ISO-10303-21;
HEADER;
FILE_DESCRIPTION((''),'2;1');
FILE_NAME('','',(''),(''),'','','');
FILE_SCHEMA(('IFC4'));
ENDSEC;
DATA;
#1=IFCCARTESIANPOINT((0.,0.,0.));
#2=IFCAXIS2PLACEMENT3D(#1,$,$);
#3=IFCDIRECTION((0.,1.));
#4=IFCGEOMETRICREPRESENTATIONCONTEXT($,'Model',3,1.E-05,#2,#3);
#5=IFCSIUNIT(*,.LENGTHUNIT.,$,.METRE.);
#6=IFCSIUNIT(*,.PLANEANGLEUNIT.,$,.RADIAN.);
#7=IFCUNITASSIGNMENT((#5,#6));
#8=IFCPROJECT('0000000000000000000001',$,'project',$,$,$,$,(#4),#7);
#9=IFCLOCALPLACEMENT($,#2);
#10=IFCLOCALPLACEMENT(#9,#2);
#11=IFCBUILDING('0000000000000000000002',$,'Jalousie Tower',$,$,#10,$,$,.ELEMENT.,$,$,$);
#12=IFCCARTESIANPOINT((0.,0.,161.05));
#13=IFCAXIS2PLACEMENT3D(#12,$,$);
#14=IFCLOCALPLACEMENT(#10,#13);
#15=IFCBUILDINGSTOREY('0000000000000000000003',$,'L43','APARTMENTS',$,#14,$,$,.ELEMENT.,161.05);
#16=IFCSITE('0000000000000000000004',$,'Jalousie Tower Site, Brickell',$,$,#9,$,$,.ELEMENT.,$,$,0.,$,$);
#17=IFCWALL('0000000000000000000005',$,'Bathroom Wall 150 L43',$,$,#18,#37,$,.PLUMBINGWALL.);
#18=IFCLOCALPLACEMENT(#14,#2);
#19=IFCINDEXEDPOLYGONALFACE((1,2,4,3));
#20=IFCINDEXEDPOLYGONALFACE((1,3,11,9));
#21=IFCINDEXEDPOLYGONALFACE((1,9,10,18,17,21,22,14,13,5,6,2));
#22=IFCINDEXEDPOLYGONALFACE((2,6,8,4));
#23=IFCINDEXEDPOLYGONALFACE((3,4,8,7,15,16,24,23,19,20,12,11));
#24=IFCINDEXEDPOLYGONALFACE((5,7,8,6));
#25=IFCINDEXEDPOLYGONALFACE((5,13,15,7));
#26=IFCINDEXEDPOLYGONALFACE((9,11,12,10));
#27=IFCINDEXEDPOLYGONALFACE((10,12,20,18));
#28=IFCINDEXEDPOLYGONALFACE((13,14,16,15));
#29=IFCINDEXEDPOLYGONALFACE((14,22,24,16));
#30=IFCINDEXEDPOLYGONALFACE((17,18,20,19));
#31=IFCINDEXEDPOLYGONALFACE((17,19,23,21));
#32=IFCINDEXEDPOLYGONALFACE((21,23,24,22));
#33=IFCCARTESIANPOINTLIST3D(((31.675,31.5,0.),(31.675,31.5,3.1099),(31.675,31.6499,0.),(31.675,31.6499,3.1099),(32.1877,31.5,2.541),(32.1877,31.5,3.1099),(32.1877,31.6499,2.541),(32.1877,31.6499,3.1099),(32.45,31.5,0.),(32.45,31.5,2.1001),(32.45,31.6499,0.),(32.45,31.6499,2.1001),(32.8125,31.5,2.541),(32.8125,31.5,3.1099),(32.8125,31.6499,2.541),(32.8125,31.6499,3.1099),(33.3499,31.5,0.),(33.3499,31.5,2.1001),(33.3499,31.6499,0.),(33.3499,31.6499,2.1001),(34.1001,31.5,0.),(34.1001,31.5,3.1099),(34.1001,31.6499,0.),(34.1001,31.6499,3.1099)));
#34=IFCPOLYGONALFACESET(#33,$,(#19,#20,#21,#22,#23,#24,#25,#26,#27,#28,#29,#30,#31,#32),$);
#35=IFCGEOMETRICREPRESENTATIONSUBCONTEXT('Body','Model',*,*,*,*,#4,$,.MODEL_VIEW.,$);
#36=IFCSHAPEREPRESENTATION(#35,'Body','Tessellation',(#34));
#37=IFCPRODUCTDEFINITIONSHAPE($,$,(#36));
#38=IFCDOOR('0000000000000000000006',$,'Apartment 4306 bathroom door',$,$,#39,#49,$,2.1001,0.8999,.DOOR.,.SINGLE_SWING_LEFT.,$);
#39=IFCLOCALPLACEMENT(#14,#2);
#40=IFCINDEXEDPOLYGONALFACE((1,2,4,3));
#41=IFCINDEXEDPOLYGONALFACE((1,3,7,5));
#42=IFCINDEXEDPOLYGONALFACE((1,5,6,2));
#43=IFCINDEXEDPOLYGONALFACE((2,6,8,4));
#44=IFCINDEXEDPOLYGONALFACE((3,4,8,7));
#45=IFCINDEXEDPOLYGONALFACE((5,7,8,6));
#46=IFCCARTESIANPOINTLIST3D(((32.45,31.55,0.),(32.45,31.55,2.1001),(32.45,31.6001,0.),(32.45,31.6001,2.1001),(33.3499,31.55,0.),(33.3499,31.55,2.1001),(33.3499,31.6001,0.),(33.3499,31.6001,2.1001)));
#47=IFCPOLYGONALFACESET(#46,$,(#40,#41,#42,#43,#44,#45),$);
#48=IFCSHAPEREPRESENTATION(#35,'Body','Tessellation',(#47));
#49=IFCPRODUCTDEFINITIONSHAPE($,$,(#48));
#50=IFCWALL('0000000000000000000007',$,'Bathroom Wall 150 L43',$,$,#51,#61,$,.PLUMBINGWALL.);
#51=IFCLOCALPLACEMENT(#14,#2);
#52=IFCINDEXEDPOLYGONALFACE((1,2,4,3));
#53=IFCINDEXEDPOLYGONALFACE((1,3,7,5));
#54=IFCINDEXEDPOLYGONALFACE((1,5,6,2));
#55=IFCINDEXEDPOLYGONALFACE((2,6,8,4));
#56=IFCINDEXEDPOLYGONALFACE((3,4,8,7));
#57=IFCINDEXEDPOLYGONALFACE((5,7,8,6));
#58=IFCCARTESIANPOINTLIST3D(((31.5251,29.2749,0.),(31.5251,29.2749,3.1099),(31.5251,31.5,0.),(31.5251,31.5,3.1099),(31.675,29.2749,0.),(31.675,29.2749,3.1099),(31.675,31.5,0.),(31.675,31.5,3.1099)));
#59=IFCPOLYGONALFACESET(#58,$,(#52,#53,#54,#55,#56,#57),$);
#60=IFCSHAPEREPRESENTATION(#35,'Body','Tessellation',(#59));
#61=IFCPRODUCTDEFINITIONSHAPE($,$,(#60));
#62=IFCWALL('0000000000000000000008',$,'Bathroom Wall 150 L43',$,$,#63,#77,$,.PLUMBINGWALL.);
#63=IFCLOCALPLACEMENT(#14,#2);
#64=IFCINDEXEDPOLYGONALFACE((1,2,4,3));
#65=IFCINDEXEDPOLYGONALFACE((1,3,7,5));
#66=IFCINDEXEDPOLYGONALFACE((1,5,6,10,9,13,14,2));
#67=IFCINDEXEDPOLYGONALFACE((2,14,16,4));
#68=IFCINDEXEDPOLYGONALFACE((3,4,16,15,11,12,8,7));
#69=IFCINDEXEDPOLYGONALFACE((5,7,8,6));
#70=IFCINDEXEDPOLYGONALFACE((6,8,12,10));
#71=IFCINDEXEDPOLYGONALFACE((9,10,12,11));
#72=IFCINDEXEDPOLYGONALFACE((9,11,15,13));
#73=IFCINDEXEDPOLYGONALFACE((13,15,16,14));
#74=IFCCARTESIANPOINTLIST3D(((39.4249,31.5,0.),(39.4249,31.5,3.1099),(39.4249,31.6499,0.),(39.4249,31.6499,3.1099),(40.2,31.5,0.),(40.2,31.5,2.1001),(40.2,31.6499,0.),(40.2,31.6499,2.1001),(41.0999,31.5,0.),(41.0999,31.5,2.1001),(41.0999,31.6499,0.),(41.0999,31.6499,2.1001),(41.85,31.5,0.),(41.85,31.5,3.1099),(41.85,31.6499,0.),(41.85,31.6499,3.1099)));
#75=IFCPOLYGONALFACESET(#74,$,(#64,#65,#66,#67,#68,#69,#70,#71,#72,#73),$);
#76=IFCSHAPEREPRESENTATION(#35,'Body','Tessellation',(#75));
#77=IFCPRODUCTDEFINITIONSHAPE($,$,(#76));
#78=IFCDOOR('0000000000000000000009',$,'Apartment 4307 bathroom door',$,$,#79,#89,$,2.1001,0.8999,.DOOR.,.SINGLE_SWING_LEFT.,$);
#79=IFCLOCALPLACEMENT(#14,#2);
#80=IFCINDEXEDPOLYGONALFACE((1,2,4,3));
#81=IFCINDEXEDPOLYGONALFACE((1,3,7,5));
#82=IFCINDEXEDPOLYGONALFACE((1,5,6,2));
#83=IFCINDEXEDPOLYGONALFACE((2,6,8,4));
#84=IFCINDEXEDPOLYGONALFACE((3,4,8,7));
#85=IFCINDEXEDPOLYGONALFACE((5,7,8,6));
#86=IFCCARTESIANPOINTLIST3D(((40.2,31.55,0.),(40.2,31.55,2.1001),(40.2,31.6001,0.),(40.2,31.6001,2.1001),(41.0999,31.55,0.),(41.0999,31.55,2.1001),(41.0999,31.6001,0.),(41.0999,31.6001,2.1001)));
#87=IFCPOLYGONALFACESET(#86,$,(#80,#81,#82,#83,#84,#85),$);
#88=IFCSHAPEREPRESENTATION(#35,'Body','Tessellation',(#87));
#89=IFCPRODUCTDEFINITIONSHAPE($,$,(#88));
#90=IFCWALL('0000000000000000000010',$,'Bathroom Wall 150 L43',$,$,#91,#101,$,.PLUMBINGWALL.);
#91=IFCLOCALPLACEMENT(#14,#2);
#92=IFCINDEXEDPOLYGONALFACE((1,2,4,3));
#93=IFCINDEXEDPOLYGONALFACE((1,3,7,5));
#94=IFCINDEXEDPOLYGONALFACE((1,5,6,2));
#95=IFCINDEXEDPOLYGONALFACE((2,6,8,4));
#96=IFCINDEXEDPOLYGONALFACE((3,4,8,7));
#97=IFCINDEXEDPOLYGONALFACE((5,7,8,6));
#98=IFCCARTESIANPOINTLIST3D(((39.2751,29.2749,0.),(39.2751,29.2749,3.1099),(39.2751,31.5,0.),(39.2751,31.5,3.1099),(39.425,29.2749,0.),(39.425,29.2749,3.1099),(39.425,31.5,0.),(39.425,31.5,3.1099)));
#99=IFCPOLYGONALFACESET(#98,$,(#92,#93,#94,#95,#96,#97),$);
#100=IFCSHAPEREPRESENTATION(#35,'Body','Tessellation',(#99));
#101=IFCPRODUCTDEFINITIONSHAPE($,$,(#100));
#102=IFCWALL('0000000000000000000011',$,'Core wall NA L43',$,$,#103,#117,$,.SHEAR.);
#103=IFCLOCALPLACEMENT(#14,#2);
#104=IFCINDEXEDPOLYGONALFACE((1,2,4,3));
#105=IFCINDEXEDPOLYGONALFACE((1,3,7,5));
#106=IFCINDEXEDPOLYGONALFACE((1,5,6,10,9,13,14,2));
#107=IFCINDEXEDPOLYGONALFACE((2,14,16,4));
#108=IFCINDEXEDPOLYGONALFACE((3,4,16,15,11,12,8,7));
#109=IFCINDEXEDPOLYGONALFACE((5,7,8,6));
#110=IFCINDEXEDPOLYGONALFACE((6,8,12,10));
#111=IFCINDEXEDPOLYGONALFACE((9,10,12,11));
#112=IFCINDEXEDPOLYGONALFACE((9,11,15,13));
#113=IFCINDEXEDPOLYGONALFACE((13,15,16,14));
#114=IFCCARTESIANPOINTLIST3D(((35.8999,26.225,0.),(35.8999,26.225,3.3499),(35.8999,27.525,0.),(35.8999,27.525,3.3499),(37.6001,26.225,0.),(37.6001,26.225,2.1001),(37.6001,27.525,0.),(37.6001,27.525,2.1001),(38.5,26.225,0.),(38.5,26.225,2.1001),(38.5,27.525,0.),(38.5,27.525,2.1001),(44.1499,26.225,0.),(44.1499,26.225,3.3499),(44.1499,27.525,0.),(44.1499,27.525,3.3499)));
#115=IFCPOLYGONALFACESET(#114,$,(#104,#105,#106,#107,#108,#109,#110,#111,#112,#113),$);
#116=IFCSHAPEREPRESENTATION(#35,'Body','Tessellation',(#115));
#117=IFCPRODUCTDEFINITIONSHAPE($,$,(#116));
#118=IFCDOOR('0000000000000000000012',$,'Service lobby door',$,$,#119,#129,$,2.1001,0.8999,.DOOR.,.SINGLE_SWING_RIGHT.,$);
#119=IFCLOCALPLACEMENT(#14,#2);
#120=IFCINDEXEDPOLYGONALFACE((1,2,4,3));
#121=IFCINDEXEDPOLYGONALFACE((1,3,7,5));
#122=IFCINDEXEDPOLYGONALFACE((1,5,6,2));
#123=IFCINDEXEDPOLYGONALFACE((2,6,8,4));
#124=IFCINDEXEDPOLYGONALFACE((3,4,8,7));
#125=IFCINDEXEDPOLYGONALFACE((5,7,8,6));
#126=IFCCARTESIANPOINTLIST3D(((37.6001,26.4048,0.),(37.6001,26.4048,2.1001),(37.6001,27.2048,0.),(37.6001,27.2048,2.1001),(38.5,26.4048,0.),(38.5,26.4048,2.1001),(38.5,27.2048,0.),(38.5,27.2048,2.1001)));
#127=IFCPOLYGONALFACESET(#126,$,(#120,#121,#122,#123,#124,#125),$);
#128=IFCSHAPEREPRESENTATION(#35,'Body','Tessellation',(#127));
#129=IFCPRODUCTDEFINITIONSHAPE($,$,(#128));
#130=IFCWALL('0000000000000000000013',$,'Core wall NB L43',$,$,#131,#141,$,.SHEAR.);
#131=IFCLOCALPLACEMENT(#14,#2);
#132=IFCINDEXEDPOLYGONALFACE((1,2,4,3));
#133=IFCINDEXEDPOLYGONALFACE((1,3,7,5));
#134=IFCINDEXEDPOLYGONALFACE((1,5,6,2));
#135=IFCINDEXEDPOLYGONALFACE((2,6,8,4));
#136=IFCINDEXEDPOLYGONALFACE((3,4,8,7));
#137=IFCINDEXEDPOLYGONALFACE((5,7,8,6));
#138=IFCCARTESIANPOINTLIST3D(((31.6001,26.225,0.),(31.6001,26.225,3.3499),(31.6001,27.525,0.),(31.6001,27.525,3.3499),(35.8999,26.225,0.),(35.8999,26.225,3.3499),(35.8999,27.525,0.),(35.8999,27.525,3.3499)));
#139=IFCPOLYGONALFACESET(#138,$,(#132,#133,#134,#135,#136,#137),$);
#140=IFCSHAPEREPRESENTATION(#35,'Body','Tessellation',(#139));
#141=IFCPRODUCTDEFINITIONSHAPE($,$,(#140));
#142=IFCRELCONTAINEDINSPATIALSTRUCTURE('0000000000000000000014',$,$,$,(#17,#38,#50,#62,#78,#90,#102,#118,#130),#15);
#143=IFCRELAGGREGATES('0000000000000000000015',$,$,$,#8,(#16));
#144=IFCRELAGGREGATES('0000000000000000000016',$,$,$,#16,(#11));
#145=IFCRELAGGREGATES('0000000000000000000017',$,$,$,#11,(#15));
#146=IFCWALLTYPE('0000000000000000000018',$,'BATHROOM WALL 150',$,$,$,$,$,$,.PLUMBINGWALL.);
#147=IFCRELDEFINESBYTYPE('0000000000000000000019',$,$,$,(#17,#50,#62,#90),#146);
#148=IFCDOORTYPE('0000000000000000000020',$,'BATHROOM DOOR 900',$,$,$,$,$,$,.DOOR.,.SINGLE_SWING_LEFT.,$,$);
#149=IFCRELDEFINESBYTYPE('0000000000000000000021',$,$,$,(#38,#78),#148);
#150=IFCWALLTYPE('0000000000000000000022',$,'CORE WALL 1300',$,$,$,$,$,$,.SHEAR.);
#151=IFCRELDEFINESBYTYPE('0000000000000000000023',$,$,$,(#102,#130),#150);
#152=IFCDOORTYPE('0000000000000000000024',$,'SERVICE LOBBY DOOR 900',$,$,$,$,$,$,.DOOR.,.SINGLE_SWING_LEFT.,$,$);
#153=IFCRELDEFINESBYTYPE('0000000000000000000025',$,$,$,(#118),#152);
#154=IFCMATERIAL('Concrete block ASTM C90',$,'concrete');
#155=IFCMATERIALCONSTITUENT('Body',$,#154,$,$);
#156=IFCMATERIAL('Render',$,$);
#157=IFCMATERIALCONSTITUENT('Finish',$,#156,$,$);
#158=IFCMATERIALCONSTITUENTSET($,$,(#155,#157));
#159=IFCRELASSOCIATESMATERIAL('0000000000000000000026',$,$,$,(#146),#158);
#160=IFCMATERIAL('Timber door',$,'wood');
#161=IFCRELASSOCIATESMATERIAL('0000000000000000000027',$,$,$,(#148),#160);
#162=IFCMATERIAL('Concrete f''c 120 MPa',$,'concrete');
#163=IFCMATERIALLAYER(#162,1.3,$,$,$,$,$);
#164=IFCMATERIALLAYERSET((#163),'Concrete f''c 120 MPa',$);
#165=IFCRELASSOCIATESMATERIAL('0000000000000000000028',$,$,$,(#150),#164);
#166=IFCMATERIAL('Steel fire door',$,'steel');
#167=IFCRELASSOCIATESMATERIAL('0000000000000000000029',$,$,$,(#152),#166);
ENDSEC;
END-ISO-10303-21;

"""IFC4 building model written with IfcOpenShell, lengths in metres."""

from ifc_helpers import new_model, si_unit, direction, frame, frame_2d, origin, place, context, subcontext, project, spatial, polyline, rectangle, outline, extrude, material, layer, layer_set, constituent, constituent_set, type_object, element, fill, save


model = new_model("IFC4")

# Units and contexts
model_context = context("Model", 3, precision=1e-05, world=origin(), true_north=direction((0.0, 1.0)))
body_context = subcontext(model_context, "Body", "Model", "MODEL_VIEW")
ifc_project = project(units=[si_unit("LENGTHUNIT", "METRE"), si_unit("PLANEANGLEUNIT", "RADIAN")], contexts=[model_context])

# Site, building, storey
site_placement = place(None, origin())
site = spatial("IfcSite", under=ifc_project, at=site_placement, Name="Jalousie Tower Site, Brickell", CompositionType="ELEMENT", RefElevation=0.0)
building_placement = place(site_placement, origin())
building = spatial("IfcBuilding", under=site, at=building_placement, Name="Jalousie Tower", CompositionType="ELEMENT")
storey_placement = place(building_placement, frame((0.0, 0.0, 161.05)))
storey = spatial("IfcBuildingStorey", under=building, at=storey_placement, Name="L43", Description="APARTMENTS", CompositionType="ELEMENT", Elevation=161.05)

# Wall, opening, door
ifc_material_1 = material(Name="Concrete block ASTM C90", Category="concrete")
ifc_constituent_1 = constituent(ifc_material_1, Name="Body")
ifc_material_2 = material(Name="Render")
ifc_constituent_2 = constituent(ifc_material_2, Name="Finish")
ifc_constituent_set_1 = constituent_set(constituents=[ifc_constituent_1, ifc_constituent_2])
wall_type_1 = type_object("IfcWallType", Name="BATHROOM WALL 150", PredefinedType="PLUMBINGWALL", material=ifc_constituent_set_1)
wall_1_placement = place(storey_placement, frame((31.675, 31.575, 0.0), z_axis=(0.0, 0.0, 1.0), x_axis=(1.0, 0.0, 0.0)))
wall_1 = element("IfcWall", 1, at=wall_1_placement, inside=storey, type_object=wall_type_1, Name="Bathroom Wall 150 L43", PredefinedType="PLUMBINGWALL", context=body_context, shape_type="SweptSolid", body=[
    extrude(outline(polyline([(0.0, 0.0), (2.425, 0.0), (2.425, 3.1099), (1.1375, 3.1099), (1.1375, 2.541), (0.5127, 2.541), (0.5127, 3.1099), (0.0, 3.1099), (0.0, 0.0)])), frame((0.0, 0.075, 0.0), z_axis=(0.0, -1.0, 0.0), x_axis=(1.0, 0.0, 0.0)), (0.0, 0.0, 1.0), 0.1499),
])
opening_1_placement = place(wall_1_placement, frame((0.7749, 0.0, 0.0)))
opening_1 = element("IfcOpeningElement", 2, at=opening_1_placement, cuts=wall_1, PredefinedType="OPENING", context=body_context, shape_type="SweptSolid", body=[
    extrude(rectangle(XDim=0.8999, YDim=2.1001, at=frame_2d((0.45, 1.05))), frame((0.0, 0.085, 0.0), z_axis=(0.0, -1.0, 0.0), x_axis=(1.0, 0.0, 0.0)), (0.0, 0.0, 1.0), 0.1699),
])
ifc_material_3 = material(Name="Timber door", Category="wood")
door_type_1 = type_object("IfcDoorType", Name="BATHROOM DOOR 900", OperationType="SINGLE_SWING_LEFT", PredefinedType="DOOR", material=ifc_material_3)
door_1_placement = place(opening_1_placement, frame((0.8999, 0.0, 0.0), z_axis=(0.0, 0.0, 1.0), x_axis=(-1.0, 0.0, 0.0)))
door_1 = element("IfcDoor", 3, at=door_1_placement, inside=storey, type_object=door_type_1, Name="Apartment 4306 bathroom door", OperationType="SINGLE_SWING_LEFT", OverallHeight=2.1001, OverallWidth=0.8999, PredefinedType="DOOR", context=body_context, shape_type="SweptSolid", body=[
    extrude(rectangle(XDim=0.8999, YDim=2.1001, at=frame_2d((0.45, 1.05))), frame((0.0, 0.0249, 0.0), z_axis=(0.0, -1.0, 0.0), x_axis=(1.0, 0.0, 0.0)), (0.0, 0.0, 1.0), 0.05),
])
fill(opening_1, door_1)

# Wall
wall_2_placement = place(storey_placement, frame((31.6001, 31.5, 0.0), z_axis=(0.0, 0.0, 1.0), x_axis=(0.0, -1.0, 0.0)))
element("IfcWall", 4, at=wall_2_placement, inside=storey, type_object=wall_type_1, Name="Bathroom Wall 150 L43", PredefinedType="PLUMBINGWALL", context=body_context, shape_type="SweptSolid", body=[
    extrude(rectangle(XDim=2.2251, YDim=0.1499, at=frame_2d((1.1125, 0.0))), origin(), (0.0, 0.0, 1.0), 3.1099),
])

# Wall, opening, door
wall_3_placement = place(storey_placement, frame((39.425, 31.575, 0.0), z_axis=(0.0, 0.0, 1.0), x_axis=(1.0, 0.0, 0.0)))
wall_3 = element("IfcWall", 5, at=wall_3_placement, inside=storey, type_object=wall_type_1, Name="Bathroom Wall 150 L43", PredefinedType="PLUMBINGWALL", context=body_context, shape_type="SweptSolid", body=[
    extrude(rectangle(XDim=2.425, YDim=0.1499, at=frame_2d((1.2124, 0.0))), origin(), (0.0, 0.0, 1.0), 3.1099),
])
opening_2_placement = place(wall_3_placement, frame((0.7749, 0.0, 0.0)))
opening_2 = element("IfcOpeningElement", 6, at=opening_2_placement, cuts=wall_3, PredefinedType="OPENING", context=body_context, shape_type="SweptSolid", body=[
    extrude(rectangle(XDim=0.8999, YDim=2.1001, at=frame_2d((0.45, 1.05))), frame((0.0, 0.085, 0.0), z_axis=(0.0, -1.0, 0.0), x_axis=(1.0, 0.0, 0.0)), (0.0, 0.0, 1.0), 0.1699),
])
door_2_placement = place(opening_2_placement, frame((0.8999, 0.0, 0.0), z_axis=(0.0, 0.0, 1.0), x_axis=(-1.0, 0.0, 0.0)))
door_2 = element("IfcDoor", 7, at=door_2_placement, inside=storey, type_object=door_type_1, Name="Apartment 4307 bathroom door", OperationType="SINGLE_SWING_LEFT", OverallHeight=2.1001, OverallWidth=0.8999, PredefinedType="DOOR", context=body_context, shape_type="SweptSolid", body=[
    extrude(rectangle(XDim=0.8999, YDim=2.1001, at=frame_2d((0.45, 1.05))), frame((0.0, 0.0249, 0.0), z_axis=(0.0, -1.0, 0.0), x_axis=(1.0, 0.0, 0.0)), (0.0, 0.0, 1.0), 0.05),
])
fill(opening_2, door_2)

# Wall
wall_4_placement = place(storey_placement, frame((39.3501, 31.5, 0.0), z_axis=(0.0, 0.0, 1.0), x_axis=(0.0, -1.0, 0.0)))
element("IfcWall", 8, at=wall_4_placement, inside=storey, type_object=wall_type_1, Name="Bathroom Wall 150 L43", PredefinedType="PLUMBINGWALL", context=body_context, shape_type="SweptSolid", body=[
    extrude(rectangle(XDim=2.2251, YDim=0.1499, at=frame_2d((1.1125, 0.0))), origin(), (0.0, 0.0, 1.0), 3.1099),
])

# Wall, opening, door
ifc_material_4 = material(Name="Concrete f'c 120 MPa", Category="concrete")
ifc_layer = layer(ifc_material_4, 1.3)
ifc_layer_set = layer_set([ifc_layer], Name="Concrete f'c 120 MPa")
wall_type_2 = type_object("IfcWallType", Name="CORE WALL 1300", PredefinedType="SHEAR", material=ifc_layer_set)
wall_5_placement = place(storey_placement, frame((44.1499, 26.875, 0.0), z_axis=(0.0, 0.0, 1.0), x_axis=(-1.0, 0.0, 0.0)))
wall_5 = element("IfcWall", 9, at=wall_5_placement, inside=storey, type_object=wall_type_2, Name="Core wall NA L43", PredefinedType="SHEAR", context=body_context, shape_type="SweptSolid", body=[
    extrude(rectangle(XDim=8.25, YDim=1.3, at=frame_2d((4.125, 0.0))), origin(), (0.0, 0.0, 1.0), 3.3499),
])
opening_3_placement = place(wall_5_placement, frame((5.6499, 0.0, 0.0)))
opening_3 = element("IfcOpeningElement", 10, at=opening_3_placement, cuts=wall_5, PredefinedType="OPENING", context=body_context, shape_type="SweptSolid", body=[
    extrude(rectangle(XDim=0.8999, YDim=2.1001, at=frame_2d((0.45, 1.05))), frame((0.0, 0.6599, 0.0), z_axis=(0.0, -1.0, 0.0), x_axis=(1.0, 0.0, 0.0)), (0.0, 0.0, 1.0), 1.3201),
])
ifc_material_5 = material(Name="Steel fire door", Category="steel")
door_type_2 = type_object("IfcDoorType", Name="SERVICE LOBBY DOOR 900", OperationType="SINGLE_SWING_LEFT", PredefinedType="DOOR", material=ifc_material_5)
door_3_placement = place(opening_3_placement, origin())
door_3 = element("IfcDoor", 11, at=door_3_placement, inside=storey, type_object=door_type_2, Name="Service lobby door", OperationType="SINGLE_SWING_RIGHT", OverallHeight=2.1001, OverallWidth=0.8999, PredefinedType="DOOR", context=body_context, shape_type="SweptSolid", body=[
    extrude(rectangle(XDim=0.8999, YDim=2.1001, at=frame_2d((0.45, 1.05))), frame((0.0, 0.4702, 0.0), z_axis=(0.0, -1.0, 0.0), x_axis=(1.0, 0.0, 0.0)), (0.0, 0.0, 1.0), 0.8),
])
fill(opening_3, door_3)

# Wall
wall_6_placement = place(storey_placement, frame((35.8999, 26.875, 0.0), z_axis=(0.0, 0.0, 1.0), x_axis=(-1.0, 0.0, 0.0)))
element("IfcWall", 12, at=wall_6_placement, inside=storey, type_object=wall_type_2, Name="Core wall NB L43", PredefinedType="SHEAR", context=body_context, shape_type="SweptSolid", body=[
    extrude(rectangle(XDim=4.2998, YDim=1.3, at=frame_2d((2.1499, 0.0))), origin(), (0.0, 0.0, 1.0), 3.3499),
])

save(model, "model.ifc")
